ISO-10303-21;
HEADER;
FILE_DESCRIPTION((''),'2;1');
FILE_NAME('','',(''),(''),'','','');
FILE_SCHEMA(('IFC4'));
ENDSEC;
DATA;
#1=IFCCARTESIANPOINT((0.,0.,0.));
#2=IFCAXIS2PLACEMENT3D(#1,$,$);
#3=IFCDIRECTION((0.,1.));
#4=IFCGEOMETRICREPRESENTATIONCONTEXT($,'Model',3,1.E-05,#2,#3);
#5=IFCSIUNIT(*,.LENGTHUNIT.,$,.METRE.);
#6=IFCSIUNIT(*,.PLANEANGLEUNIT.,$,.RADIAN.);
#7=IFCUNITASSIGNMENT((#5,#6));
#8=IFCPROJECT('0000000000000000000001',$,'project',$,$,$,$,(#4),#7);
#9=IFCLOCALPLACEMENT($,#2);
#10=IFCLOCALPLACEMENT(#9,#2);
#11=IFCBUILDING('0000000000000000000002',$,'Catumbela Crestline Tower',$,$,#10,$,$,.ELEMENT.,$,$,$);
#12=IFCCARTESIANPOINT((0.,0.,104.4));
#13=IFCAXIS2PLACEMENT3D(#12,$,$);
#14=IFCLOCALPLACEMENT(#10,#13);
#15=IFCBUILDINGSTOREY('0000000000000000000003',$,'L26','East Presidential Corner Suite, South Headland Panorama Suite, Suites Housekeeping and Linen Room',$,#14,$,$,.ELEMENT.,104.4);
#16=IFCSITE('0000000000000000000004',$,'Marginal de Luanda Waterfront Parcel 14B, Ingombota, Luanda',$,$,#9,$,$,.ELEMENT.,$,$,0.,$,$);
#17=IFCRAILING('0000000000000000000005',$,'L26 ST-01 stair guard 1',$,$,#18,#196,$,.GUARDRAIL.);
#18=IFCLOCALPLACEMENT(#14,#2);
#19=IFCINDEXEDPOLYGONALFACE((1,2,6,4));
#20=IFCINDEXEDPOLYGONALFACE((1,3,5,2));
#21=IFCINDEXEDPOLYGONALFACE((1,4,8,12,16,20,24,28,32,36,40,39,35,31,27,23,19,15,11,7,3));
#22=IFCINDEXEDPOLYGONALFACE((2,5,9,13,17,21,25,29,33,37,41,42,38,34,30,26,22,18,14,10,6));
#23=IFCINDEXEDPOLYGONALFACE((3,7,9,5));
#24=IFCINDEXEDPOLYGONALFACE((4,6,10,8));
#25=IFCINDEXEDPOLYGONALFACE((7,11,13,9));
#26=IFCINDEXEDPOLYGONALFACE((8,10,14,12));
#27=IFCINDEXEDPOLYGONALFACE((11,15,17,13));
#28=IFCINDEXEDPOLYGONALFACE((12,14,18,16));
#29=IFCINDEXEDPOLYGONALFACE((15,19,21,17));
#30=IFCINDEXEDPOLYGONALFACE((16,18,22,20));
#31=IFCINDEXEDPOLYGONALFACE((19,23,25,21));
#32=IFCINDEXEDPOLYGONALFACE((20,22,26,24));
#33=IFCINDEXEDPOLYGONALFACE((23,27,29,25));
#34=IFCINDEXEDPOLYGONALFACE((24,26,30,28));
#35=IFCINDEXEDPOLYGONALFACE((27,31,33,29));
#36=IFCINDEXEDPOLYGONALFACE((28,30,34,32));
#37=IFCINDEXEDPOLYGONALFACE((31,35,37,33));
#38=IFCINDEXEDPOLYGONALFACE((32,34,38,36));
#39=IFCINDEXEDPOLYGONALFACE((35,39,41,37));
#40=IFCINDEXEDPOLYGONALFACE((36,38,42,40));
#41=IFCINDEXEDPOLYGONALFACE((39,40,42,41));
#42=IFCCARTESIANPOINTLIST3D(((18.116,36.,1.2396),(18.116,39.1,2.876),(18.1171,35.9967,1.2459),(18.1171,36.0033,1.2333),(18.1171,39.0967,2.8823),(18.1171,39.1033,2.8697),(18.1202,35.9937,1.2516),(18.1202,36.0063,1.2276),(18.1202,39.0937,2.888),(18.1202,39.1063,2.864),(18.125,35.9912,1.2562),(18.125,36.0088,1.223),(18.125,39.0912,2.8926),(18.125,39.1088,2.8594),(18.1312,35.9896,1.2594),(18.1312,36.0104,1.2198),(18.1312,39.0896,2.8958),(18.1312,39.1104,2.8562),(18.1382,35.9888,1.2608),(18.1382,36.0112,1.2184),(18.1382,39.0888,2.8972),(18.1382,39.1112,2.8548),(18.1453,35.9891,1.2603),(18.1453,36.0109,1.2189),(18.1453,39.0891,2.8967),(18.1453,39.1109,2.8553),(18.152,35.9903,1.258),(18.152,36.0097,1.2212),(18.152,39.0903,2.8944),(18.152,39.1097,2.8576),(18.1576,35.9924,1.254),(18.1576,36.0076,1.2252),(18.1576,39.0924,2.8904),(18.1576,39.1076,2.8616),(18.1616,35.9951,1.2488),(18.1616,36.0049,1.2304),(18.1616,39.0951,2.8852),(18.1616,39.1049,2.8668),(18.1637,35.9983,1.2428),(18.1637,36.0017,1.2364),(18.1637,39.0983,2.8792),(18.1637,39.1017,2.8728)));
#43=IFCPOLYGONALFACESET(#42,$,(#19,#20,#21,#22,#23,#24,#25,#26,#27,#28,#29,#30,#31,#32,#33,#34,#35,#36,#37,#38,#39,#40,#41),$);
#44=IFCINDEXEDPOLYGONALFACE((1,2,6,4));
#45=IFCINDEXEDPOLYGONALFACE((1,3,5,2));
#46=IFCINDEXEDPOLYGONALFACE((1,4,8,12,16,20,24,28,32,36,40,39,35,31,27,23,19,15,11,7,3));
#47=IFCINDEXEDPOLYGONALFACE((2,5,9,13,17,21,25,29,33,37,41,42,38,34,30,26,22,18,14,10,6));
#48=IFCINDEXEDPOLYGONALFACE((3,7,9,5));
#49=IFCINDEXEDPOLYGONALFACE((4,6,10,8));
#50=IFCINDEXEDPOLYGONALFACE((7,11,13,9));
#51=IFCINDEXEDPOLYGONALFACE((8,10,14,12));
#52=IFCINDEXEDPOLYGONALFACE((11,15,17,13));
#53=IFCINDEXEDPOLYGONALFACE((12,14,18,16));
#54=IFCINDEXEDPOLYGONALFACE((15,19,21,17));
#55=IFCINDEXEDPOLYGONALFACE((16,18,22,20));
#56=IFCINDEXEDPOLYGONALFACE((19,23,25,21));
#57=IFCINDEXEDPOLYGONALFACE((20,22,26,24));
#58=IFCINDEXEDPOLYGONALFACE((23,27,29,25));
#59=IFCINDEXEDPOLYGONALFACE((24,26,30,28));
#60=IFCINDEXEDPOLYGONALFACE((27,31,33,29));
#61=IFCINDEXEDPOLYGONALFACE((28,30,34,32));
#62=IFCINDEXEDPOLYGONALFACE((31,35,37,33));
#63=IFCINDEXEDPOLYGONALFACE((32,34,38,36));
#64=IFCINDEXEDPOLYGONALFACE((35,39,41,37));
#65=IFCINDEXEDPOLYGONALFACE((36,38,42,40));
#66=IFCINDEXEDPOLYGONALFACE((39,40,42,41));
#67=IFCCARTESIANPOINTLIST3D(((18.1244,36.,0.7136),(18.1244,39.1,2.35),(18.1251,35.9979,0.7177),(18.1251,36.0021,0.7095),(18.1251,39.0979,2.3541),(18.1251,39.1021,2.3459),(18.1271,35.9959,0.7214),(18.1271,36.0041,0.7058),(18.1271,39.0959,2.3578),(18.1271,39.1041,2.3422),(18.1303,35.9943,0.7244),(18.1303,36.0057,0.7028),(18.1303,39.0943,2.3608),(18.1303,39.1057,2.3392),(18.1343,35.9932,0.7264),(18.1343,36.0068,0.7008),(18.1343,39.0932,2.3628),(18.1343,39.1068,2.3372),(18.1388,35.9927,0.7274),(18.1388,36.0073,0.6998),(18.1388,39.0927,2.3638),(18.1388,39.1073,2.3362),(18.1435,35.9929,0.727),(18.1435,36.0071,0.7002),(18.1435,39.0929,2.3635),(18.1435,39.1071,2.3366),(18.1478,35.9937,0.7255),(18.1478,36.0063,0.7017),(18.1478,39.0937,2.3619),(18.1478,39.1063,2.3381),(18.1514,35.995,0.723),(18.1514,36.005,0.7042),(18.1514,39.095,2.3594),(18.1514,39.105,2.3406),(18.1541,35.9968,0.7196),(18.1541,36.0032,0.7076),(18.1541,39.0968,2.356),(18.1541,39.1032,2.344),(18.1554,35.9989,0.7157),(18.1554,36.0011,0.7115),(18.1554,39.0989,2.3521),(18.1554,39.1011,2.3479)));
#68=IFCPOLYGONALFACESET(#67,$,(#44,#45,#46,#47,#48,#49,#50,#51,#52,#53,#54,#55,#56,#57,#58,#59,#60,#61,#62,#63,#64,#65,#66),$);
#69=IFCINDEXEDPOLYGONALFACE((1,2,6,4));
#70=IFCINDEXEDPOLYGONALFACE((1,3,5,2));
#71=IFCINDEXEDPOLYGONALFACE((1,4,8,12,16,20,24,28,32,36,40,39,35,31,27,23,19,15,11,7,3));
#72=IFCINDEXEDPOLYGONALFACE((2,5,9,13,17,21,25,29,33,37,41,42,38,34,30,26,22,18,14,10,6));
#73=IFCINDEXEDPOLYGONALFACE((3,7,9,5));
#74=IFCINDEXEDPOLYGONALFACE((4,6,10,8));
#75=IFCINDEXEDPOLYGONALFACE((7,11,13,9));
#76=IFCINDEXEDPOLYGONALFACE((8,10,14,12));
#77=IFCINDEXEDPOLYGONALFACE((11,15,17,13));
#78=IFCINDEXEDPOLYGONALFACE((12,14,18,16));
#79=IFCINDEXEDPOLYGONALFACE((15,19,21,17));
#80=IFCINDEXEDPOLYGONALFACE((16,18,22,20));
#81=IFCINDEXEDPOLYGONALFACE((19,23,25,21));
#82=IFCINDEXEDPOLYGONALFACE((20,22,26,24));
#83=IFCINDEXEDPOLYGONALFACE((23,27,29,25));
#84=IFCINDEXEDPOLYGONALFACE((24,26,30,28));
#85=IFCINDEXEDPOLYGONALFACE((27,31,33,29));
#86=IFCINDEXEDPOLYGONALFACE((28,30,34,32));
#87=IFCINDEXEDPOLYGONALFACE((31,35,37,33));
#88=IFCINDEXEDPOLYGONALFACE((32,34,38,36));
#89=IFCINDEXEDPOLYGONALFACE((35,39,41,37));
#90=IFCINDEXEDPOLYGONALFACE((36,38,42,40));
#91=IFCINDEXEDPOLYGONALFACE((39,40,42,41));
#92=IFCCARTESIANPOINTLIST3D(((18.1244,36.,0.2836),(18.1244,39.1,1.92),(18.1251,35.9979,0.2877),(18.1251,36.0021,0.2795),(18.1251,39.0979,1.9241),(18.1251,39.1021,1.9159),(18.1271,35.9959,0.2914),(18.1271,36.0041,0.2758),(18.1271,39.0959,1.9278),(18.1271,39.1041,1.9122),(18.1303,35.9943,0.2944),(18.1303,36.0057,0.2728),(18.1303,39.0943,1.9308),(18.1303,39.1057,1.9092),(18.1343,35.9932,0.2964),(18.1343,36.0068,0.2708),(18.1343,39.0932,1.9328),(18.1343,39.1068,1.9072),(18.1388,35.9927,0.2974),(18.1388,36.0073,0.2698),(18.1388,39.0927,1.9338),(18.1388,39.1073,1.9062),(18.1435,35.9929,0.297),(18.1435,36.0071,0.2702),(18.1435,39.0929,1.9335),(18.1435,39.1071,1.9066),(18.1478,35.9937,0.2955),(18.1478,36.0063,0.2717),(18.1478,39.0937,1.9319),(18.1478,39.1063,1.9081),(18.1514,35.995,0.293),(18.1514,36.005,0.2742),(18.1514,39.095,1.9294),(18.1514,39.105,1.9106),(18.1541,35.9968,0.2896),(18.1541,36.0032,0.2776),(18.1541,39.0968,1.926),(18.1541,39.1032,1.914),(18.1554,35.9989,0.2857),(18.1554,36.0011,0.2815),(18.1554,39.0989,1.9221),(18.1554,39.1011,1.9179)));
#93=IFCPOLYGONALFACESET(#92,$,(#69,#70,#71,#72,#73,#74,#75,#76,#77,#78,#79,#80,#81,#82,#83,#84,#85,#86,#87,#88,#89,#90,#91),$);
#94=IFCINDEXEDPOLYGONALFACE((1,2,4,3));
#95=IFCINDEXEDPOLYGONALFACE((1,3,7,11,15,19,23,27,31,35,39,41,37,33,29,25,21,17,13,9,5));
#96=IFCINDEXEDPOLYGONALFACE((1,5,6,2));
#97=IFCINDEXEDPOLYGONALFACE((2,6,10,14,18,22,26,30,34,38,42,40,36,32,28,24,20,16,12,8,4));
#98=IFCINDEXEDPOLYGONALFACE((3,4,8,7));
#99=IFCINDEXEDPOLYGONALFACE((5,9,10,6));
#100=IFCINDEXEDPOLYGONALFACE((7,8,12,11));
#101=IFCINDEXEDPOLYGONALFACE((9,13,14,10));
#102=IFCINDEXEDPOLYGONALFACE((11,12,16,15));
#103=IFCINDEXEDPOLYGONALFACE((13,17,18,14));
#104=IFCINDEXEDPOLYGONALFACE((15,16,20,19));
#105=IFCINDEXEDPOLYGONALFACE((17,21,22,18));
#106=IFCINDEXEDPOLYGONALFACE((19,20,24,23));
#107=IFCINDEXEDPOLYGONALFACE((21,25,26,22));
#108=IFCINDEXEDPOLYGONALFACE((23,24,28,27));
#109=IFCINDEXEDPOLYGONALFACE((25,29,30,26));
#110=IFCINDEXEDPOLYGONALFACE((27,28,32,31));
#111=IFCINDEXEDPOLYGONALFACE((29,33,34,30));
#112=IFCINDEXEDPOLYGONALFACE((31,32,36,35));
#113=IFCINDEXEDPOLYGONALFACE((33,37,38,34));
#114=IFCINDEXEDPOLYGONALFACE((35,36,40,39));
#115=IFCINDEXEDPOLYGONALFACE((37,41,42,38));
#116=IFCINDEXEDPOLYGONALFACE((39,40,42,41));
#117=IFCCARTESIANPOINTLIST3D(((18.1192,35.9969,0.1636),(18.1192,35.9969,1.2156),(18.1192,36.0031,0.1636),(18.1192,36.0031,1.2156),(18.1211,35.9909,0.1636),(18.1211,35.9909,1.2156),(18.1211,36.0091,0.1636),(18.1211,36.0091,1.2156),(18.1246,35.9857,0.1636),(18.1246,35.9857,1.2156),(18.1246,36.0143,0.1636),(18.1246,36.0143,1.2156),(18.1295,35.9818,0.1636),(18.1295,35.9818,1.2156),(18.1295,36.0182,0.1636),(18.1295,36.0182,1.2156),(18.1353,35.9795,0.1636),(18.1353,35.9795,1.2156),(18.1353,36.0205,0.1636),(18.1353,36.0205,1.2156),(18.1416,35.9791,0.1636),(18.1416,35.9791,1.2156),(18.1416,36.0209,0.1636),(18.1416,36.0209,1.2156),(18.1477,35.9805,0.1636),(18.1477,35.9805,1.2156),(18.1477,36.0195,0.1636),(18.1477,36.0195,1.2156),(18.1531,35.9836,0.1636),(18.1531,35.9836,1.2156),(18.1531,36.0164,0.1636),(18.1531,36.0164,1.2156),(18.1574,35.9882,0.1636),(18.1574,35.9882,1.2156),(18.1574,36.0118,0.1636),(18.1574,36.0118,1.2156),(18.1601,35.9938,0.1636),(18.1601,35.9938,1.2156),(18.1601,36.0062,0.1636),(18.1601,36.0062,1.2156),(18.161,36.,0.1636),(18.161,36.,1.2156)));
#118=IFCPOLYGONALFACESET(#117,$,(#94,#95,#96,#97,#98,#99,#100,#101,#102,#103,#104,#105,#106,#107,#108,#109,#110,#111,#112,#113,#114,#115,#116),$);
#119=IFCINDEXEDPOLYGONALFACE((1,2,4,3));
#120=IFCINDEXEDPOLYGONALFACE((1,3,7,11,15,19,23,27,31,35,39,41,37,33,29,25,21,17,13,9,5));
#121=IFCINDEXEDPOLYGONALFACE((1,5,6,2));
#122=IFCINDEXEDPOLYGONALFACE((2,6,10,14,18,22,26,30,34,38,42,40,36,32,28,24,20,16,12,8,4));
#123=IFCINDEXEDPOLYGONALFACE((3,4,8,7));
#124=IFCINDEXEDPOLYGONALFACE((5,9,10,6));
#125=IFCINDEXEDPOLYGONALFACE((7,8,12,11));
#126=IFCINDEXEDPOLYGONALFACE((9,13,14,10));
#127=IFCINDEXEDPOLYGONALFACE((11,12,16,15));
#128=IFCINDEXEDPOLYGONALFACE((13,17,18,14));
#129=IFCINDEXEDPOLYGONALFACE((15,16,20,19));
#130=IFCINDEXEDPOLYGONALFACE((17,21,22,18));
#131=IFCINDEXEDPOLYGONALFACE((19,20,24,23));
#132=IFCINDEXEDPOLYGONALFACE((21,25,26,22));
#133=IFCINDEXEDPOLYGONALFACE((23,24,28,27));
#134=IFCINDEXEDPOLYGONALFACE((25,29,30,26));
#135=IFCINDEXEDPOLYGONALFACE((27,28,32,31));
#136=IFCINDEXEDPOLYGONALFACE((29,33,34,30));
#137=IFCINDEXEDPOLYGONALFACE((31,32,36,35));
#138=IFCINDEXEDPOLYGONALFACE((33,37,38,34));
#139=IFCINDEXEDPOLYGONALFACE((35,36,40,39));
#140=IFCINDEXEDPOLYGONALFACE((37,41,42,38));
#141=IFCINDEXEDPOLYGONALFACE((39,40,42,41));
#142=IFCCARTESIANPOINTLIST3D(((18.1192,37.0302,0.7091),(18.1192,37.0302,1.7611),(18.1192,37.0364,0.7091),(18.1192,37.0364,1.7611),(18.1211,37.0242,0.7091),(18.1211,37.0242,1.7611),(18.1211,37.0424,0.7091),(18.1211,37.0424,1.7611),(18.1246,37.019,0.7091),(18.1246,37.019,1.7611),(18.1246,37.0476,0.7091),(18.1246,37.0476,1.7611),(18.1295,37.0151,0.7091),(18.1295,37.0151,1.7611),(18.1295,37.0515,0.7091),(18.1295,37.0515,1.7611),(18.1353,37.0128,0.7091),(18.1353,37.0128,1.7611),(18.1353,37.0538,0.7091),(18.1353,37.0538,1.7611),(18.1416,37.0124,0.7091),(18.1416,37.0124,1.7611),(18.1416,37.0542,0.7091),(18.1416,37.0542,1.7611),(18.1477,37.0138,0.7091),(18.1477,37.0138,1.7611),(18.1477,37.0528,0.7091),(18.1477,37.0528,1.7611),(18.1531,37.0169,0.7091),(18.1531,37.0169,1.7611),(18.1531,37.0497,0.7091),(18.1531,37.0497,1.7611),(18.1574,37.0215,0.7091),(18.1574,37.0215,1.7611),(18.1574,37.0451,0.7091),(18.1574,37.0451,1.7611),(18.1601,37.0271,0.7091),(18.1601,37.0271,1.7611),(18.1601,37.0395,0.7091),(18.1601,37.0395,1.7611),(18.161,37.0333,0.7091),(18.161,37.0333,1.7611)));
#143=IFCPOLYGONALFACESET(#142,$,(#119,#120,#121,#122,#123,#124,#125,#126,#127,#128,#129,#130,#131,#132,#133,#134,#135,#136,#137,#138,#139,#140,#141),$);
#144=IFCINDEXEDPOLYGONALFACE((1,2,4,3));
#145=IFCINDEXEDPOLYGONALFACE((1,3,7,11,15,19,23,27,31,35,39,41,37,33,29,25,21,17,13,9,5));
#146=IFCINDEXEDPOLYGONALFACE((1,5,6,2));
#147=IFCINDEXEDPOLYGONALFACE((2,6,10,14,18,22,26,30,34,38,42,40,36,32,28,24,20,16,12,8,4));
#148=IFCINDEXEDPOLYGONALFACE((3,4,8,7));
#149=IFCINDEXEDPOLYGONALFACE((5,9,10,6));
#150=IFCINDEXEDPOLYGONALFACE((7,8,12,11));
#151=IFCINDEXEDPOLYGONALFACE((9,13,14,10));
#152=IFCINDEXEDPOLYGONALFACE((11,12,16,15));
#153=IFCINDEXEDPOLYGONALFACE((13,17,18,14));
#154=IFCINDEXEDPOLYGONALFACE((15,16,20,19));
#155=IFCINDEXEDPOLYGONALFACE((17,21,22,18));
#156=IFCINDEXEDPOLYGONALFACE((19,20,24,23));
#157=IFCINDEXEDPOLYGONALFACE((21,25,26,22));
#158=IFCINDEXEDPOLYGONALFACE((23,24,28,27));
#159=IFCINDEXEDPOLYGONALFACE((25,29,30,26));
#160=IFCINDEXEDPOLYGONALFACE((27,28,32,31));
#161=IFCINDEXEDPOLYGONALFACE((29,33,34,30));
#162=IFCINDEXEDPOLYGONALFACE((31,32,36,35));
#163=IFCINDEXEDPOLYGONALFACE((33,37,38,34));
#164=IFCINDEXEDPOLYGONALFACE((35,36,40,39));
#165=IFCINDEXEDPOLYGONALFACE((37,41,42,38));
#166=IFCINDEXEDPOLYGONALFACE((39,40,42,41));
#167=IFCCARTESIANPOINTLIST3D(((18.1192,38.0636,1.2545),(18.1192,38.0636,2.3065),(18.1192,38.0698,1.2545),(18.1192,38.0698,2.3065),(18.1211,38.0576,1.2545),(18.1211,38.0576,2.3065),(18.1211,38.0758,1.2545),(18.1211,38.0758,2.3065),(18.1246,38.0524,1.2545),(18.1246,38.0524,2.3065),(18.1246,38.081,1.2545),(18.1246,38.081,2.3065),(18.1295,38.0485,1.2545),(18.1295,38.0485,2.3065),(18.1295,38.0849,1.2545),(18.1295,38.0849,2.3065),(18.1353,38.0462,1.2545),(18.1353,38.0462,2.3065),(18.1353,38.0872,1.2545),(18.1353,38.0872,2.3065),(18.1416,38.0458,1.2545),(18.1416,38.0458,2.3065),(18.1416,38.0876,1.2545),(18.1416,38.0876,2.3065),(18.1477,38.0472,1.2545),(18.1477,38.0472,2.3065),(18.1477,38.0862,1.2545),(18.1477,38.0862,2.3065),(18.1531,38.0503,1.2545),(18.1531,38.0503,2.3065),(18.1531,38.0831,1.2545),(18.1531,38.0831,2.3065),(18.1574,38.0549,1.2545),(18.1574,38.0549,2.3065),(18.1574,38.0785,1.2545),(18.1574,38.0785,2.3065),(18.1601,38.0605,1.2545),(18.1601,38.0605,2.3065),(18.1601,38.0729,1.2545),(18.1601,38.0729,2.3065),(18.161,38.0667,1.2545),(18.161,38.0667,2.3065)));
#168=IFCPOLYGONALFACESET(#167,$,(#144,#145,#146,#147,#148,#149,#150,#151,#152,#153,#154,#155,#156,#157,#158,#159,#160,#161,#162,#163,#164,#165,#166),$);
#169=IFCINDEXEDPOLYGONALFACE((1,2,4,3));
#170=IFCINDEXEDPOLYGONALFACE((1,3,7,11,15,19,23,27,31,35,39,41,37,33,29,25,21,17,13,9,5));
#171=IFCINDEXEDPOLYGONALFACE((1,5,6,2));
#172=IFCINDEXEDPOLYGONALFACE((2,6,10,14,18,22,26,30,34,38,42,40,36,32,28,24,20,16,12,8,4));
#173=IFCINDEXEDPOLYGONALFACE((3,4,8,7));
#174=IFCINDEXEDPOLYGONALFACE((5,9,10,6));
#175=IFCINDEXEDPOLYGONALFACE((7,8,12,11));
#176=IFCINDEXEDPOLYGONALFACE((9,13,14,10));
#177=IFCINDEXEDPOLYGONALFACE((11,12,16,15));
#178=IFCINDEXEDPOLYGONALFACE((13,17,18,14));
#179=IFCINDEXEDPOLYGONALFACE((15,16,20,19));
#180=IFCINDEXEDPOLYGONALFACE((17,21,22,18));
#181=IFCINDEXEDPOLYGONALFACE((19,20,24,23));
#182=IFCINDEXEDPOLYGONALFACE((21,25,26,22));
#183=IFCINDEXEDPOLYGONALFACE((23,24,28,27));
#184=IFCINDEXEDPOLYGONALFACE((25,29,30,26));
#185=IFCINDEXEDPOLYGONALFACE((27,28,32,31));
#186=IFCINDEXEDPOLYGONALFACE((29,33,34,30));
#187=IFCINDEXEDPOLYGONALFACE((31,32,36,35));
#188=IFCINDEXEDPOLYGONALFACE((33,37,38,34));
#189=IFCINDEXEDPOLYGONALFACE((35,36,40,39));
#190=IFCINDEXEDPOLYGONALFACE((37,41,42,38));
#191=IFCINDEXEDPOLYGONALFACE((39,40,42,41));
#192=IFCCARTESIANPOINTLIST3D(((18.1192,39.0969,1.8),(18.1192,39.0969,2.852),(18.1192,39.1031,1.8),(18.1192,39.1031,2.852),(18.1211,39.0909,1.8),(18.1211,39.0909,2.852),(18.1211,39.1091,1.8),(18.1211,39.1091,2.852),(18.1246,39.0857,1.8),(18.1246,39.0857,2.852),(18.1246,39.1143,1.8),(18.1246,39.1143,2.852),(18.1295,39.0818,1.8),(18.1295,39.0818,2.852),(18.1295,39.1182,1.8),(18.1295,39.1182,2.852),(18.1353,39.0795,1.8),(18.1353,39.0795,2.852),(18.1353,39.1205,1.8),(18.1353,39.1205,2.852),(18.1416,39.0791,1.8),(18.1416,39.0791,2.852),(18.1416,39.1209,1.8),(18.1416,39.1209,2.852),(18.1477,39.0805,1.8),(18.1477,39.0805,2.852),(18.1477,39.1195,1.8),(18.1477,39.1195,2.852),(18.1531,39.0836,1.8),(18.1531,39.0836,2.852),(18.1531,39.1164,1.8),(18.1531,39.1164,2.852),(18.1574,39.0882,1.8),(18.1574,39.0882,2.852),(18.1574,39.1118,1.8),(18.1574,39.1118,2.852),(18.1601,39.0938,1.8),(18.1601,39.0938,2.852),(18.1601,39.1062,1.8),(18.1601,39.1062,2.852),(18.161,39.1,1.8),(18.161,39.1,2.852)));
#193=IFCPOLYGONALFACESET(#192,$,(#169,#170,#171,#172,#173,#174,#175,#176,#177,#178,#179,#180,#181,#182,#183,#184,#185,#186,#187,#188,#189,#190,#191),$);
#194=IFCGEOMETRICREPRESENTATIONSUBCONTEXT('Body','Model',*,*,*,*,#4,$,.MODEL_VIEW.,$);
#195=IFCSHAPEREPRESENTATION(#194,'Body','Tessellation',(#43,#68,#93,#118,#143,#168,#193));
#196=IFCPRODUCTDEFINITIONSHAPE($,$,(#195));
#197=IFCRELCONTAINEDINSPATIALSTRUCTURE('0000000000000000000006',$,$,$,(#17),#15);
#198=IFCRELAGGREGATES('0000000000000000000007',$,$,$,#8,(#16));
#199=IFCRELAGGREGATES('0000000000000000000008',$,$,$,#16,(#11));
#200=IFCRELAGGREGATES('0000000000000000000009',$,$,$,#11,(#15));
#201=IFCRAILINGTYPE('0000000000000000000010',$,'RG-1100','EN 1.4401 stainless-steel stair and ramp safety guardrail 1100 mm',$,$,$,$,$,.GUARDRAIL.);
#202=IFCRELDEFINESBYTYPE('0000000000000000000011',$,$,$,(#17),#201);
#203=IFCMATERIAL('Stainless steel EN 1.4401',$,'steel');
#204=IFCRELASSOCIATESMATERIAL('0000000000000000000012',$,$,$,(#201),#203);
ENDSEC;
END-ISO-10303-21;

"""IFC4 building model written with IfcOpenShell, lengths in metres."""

from ifc_helpers import new_model, si_unit, direction, frame, origin, origin_2d, place, context, subcontext, project, spatial, circle, extrude, material, type_object, element, save


model = new_model("IFC4")

# Units and contexts
model_context = context("Model", 3, precision=1e-05, world=origin(), true_north=direction((0.0, 1.0)))
body_context = subcontext(model_context, "Body", "Model", "MODEL_VIEW")
ifc_project = project(units=[si_unit("LENGTHUNIT", "METRE"), si_unit("PLANEANGLEUNIT", "RADIAN")], contexts=[model_context])

# Site, building, storey
site_placement = place(None, origin())
site = spatial("IfcSite", under=ifc_project, at=site_placement, Name="Marginal de Luanda Waterfront Parcel 14B, Ingombota, Luanda", CompositionType="ELEMENT", RefElevation=0.0)
building_placement = place(site_placement, origin())
building = spatial("IfcBuilding", under=site, at=building_placement, Name="Catumbela Crestline Tower", CompositionType="ELEMENT")
storey_placement = place(building_placement, frame((0.0, 0.0, 104.4)))
storey = spatial("IfcBuildingStorey", under=building, at=storey_placement, Name="L26", Description="East Presidential Corner Suite, South Headland Panorama Suite, Suites Housekeeping and Linen Room", CompositionType="ELEMENT", Elevation=104.4)

# Railing
ifc_material_1 = material(Name="Stainless steel EN 1.4401", Category="steel")
railing_type_1 = type_object("IfcRailingType", Name="RG-1100", Description="EN 1.4401 stainless-steel stair and ramp safety guardrail 1100 mm", PredefinedType="GUARDRAIL", material=ifc_material_1)
railing_1_placement = place(storey_placement, frame((18.14, 36.0, 0.1636)))
element("IfcRailing", 1, at=railing_1_placement, inside=storey, type_object=railing_type_1, Name="L26 ST-01 stair guard 1", PredefinedType="GUARDRAIL", context=body_context, shape_type="SweptSolid", body=[
    extrude(circle(Radius=0.024, at=origin_2d()), frame((0.0, 0.0, 1.076), z_axis=(0.0, 0.884351, 0.466823), x_axis=(-1.0, 0.0, 0.0)), (0.0, 0.0, 1.0), 3.5054),
    extrude(circle(Radius=0.0156, at=origin_2d()), frame((0.0, 0.0, 0.55), z_axis=(0.0, 0.884351, 0.466823), x_axis=(-1.0, 0.0, 0.0)), (0.0, 0.0, 1.0), 3.5054),
    extrude(circle(Radius=0.0156, at=origin_2d()), frame((0.0, 0.0, 0.12), z_axis=(0.0, 0.884351, 0.466823), x_axis=(-1.0, 0.0, 0.0)), (0.0, 0.0, 1.0), 3.5054),
    extrude(circle(Radius=0.021, at=origin_2d()), origin(), (0.0, 0.0, 1.0), 1.052),
    extrude(circle(Radius=0.021, at=origin_2d()), frame((0.0, 1.0333, 0.5455)), (0.0, 0.0, 1.0), 1.052),
    extrude(circle(Radius=0.021, at=origin_2d()), frame((0.0, 2.0667, 1.0909)), (0.0, 0.0, 1.0), 1.052),
    extrude(circle(Radius=0.021, at=origin_2d()), frame((0.0, 3.1, 1.6364)), (0.0, 0.0, 1.0), 1.052),
])

save(model, "model.ifc")
